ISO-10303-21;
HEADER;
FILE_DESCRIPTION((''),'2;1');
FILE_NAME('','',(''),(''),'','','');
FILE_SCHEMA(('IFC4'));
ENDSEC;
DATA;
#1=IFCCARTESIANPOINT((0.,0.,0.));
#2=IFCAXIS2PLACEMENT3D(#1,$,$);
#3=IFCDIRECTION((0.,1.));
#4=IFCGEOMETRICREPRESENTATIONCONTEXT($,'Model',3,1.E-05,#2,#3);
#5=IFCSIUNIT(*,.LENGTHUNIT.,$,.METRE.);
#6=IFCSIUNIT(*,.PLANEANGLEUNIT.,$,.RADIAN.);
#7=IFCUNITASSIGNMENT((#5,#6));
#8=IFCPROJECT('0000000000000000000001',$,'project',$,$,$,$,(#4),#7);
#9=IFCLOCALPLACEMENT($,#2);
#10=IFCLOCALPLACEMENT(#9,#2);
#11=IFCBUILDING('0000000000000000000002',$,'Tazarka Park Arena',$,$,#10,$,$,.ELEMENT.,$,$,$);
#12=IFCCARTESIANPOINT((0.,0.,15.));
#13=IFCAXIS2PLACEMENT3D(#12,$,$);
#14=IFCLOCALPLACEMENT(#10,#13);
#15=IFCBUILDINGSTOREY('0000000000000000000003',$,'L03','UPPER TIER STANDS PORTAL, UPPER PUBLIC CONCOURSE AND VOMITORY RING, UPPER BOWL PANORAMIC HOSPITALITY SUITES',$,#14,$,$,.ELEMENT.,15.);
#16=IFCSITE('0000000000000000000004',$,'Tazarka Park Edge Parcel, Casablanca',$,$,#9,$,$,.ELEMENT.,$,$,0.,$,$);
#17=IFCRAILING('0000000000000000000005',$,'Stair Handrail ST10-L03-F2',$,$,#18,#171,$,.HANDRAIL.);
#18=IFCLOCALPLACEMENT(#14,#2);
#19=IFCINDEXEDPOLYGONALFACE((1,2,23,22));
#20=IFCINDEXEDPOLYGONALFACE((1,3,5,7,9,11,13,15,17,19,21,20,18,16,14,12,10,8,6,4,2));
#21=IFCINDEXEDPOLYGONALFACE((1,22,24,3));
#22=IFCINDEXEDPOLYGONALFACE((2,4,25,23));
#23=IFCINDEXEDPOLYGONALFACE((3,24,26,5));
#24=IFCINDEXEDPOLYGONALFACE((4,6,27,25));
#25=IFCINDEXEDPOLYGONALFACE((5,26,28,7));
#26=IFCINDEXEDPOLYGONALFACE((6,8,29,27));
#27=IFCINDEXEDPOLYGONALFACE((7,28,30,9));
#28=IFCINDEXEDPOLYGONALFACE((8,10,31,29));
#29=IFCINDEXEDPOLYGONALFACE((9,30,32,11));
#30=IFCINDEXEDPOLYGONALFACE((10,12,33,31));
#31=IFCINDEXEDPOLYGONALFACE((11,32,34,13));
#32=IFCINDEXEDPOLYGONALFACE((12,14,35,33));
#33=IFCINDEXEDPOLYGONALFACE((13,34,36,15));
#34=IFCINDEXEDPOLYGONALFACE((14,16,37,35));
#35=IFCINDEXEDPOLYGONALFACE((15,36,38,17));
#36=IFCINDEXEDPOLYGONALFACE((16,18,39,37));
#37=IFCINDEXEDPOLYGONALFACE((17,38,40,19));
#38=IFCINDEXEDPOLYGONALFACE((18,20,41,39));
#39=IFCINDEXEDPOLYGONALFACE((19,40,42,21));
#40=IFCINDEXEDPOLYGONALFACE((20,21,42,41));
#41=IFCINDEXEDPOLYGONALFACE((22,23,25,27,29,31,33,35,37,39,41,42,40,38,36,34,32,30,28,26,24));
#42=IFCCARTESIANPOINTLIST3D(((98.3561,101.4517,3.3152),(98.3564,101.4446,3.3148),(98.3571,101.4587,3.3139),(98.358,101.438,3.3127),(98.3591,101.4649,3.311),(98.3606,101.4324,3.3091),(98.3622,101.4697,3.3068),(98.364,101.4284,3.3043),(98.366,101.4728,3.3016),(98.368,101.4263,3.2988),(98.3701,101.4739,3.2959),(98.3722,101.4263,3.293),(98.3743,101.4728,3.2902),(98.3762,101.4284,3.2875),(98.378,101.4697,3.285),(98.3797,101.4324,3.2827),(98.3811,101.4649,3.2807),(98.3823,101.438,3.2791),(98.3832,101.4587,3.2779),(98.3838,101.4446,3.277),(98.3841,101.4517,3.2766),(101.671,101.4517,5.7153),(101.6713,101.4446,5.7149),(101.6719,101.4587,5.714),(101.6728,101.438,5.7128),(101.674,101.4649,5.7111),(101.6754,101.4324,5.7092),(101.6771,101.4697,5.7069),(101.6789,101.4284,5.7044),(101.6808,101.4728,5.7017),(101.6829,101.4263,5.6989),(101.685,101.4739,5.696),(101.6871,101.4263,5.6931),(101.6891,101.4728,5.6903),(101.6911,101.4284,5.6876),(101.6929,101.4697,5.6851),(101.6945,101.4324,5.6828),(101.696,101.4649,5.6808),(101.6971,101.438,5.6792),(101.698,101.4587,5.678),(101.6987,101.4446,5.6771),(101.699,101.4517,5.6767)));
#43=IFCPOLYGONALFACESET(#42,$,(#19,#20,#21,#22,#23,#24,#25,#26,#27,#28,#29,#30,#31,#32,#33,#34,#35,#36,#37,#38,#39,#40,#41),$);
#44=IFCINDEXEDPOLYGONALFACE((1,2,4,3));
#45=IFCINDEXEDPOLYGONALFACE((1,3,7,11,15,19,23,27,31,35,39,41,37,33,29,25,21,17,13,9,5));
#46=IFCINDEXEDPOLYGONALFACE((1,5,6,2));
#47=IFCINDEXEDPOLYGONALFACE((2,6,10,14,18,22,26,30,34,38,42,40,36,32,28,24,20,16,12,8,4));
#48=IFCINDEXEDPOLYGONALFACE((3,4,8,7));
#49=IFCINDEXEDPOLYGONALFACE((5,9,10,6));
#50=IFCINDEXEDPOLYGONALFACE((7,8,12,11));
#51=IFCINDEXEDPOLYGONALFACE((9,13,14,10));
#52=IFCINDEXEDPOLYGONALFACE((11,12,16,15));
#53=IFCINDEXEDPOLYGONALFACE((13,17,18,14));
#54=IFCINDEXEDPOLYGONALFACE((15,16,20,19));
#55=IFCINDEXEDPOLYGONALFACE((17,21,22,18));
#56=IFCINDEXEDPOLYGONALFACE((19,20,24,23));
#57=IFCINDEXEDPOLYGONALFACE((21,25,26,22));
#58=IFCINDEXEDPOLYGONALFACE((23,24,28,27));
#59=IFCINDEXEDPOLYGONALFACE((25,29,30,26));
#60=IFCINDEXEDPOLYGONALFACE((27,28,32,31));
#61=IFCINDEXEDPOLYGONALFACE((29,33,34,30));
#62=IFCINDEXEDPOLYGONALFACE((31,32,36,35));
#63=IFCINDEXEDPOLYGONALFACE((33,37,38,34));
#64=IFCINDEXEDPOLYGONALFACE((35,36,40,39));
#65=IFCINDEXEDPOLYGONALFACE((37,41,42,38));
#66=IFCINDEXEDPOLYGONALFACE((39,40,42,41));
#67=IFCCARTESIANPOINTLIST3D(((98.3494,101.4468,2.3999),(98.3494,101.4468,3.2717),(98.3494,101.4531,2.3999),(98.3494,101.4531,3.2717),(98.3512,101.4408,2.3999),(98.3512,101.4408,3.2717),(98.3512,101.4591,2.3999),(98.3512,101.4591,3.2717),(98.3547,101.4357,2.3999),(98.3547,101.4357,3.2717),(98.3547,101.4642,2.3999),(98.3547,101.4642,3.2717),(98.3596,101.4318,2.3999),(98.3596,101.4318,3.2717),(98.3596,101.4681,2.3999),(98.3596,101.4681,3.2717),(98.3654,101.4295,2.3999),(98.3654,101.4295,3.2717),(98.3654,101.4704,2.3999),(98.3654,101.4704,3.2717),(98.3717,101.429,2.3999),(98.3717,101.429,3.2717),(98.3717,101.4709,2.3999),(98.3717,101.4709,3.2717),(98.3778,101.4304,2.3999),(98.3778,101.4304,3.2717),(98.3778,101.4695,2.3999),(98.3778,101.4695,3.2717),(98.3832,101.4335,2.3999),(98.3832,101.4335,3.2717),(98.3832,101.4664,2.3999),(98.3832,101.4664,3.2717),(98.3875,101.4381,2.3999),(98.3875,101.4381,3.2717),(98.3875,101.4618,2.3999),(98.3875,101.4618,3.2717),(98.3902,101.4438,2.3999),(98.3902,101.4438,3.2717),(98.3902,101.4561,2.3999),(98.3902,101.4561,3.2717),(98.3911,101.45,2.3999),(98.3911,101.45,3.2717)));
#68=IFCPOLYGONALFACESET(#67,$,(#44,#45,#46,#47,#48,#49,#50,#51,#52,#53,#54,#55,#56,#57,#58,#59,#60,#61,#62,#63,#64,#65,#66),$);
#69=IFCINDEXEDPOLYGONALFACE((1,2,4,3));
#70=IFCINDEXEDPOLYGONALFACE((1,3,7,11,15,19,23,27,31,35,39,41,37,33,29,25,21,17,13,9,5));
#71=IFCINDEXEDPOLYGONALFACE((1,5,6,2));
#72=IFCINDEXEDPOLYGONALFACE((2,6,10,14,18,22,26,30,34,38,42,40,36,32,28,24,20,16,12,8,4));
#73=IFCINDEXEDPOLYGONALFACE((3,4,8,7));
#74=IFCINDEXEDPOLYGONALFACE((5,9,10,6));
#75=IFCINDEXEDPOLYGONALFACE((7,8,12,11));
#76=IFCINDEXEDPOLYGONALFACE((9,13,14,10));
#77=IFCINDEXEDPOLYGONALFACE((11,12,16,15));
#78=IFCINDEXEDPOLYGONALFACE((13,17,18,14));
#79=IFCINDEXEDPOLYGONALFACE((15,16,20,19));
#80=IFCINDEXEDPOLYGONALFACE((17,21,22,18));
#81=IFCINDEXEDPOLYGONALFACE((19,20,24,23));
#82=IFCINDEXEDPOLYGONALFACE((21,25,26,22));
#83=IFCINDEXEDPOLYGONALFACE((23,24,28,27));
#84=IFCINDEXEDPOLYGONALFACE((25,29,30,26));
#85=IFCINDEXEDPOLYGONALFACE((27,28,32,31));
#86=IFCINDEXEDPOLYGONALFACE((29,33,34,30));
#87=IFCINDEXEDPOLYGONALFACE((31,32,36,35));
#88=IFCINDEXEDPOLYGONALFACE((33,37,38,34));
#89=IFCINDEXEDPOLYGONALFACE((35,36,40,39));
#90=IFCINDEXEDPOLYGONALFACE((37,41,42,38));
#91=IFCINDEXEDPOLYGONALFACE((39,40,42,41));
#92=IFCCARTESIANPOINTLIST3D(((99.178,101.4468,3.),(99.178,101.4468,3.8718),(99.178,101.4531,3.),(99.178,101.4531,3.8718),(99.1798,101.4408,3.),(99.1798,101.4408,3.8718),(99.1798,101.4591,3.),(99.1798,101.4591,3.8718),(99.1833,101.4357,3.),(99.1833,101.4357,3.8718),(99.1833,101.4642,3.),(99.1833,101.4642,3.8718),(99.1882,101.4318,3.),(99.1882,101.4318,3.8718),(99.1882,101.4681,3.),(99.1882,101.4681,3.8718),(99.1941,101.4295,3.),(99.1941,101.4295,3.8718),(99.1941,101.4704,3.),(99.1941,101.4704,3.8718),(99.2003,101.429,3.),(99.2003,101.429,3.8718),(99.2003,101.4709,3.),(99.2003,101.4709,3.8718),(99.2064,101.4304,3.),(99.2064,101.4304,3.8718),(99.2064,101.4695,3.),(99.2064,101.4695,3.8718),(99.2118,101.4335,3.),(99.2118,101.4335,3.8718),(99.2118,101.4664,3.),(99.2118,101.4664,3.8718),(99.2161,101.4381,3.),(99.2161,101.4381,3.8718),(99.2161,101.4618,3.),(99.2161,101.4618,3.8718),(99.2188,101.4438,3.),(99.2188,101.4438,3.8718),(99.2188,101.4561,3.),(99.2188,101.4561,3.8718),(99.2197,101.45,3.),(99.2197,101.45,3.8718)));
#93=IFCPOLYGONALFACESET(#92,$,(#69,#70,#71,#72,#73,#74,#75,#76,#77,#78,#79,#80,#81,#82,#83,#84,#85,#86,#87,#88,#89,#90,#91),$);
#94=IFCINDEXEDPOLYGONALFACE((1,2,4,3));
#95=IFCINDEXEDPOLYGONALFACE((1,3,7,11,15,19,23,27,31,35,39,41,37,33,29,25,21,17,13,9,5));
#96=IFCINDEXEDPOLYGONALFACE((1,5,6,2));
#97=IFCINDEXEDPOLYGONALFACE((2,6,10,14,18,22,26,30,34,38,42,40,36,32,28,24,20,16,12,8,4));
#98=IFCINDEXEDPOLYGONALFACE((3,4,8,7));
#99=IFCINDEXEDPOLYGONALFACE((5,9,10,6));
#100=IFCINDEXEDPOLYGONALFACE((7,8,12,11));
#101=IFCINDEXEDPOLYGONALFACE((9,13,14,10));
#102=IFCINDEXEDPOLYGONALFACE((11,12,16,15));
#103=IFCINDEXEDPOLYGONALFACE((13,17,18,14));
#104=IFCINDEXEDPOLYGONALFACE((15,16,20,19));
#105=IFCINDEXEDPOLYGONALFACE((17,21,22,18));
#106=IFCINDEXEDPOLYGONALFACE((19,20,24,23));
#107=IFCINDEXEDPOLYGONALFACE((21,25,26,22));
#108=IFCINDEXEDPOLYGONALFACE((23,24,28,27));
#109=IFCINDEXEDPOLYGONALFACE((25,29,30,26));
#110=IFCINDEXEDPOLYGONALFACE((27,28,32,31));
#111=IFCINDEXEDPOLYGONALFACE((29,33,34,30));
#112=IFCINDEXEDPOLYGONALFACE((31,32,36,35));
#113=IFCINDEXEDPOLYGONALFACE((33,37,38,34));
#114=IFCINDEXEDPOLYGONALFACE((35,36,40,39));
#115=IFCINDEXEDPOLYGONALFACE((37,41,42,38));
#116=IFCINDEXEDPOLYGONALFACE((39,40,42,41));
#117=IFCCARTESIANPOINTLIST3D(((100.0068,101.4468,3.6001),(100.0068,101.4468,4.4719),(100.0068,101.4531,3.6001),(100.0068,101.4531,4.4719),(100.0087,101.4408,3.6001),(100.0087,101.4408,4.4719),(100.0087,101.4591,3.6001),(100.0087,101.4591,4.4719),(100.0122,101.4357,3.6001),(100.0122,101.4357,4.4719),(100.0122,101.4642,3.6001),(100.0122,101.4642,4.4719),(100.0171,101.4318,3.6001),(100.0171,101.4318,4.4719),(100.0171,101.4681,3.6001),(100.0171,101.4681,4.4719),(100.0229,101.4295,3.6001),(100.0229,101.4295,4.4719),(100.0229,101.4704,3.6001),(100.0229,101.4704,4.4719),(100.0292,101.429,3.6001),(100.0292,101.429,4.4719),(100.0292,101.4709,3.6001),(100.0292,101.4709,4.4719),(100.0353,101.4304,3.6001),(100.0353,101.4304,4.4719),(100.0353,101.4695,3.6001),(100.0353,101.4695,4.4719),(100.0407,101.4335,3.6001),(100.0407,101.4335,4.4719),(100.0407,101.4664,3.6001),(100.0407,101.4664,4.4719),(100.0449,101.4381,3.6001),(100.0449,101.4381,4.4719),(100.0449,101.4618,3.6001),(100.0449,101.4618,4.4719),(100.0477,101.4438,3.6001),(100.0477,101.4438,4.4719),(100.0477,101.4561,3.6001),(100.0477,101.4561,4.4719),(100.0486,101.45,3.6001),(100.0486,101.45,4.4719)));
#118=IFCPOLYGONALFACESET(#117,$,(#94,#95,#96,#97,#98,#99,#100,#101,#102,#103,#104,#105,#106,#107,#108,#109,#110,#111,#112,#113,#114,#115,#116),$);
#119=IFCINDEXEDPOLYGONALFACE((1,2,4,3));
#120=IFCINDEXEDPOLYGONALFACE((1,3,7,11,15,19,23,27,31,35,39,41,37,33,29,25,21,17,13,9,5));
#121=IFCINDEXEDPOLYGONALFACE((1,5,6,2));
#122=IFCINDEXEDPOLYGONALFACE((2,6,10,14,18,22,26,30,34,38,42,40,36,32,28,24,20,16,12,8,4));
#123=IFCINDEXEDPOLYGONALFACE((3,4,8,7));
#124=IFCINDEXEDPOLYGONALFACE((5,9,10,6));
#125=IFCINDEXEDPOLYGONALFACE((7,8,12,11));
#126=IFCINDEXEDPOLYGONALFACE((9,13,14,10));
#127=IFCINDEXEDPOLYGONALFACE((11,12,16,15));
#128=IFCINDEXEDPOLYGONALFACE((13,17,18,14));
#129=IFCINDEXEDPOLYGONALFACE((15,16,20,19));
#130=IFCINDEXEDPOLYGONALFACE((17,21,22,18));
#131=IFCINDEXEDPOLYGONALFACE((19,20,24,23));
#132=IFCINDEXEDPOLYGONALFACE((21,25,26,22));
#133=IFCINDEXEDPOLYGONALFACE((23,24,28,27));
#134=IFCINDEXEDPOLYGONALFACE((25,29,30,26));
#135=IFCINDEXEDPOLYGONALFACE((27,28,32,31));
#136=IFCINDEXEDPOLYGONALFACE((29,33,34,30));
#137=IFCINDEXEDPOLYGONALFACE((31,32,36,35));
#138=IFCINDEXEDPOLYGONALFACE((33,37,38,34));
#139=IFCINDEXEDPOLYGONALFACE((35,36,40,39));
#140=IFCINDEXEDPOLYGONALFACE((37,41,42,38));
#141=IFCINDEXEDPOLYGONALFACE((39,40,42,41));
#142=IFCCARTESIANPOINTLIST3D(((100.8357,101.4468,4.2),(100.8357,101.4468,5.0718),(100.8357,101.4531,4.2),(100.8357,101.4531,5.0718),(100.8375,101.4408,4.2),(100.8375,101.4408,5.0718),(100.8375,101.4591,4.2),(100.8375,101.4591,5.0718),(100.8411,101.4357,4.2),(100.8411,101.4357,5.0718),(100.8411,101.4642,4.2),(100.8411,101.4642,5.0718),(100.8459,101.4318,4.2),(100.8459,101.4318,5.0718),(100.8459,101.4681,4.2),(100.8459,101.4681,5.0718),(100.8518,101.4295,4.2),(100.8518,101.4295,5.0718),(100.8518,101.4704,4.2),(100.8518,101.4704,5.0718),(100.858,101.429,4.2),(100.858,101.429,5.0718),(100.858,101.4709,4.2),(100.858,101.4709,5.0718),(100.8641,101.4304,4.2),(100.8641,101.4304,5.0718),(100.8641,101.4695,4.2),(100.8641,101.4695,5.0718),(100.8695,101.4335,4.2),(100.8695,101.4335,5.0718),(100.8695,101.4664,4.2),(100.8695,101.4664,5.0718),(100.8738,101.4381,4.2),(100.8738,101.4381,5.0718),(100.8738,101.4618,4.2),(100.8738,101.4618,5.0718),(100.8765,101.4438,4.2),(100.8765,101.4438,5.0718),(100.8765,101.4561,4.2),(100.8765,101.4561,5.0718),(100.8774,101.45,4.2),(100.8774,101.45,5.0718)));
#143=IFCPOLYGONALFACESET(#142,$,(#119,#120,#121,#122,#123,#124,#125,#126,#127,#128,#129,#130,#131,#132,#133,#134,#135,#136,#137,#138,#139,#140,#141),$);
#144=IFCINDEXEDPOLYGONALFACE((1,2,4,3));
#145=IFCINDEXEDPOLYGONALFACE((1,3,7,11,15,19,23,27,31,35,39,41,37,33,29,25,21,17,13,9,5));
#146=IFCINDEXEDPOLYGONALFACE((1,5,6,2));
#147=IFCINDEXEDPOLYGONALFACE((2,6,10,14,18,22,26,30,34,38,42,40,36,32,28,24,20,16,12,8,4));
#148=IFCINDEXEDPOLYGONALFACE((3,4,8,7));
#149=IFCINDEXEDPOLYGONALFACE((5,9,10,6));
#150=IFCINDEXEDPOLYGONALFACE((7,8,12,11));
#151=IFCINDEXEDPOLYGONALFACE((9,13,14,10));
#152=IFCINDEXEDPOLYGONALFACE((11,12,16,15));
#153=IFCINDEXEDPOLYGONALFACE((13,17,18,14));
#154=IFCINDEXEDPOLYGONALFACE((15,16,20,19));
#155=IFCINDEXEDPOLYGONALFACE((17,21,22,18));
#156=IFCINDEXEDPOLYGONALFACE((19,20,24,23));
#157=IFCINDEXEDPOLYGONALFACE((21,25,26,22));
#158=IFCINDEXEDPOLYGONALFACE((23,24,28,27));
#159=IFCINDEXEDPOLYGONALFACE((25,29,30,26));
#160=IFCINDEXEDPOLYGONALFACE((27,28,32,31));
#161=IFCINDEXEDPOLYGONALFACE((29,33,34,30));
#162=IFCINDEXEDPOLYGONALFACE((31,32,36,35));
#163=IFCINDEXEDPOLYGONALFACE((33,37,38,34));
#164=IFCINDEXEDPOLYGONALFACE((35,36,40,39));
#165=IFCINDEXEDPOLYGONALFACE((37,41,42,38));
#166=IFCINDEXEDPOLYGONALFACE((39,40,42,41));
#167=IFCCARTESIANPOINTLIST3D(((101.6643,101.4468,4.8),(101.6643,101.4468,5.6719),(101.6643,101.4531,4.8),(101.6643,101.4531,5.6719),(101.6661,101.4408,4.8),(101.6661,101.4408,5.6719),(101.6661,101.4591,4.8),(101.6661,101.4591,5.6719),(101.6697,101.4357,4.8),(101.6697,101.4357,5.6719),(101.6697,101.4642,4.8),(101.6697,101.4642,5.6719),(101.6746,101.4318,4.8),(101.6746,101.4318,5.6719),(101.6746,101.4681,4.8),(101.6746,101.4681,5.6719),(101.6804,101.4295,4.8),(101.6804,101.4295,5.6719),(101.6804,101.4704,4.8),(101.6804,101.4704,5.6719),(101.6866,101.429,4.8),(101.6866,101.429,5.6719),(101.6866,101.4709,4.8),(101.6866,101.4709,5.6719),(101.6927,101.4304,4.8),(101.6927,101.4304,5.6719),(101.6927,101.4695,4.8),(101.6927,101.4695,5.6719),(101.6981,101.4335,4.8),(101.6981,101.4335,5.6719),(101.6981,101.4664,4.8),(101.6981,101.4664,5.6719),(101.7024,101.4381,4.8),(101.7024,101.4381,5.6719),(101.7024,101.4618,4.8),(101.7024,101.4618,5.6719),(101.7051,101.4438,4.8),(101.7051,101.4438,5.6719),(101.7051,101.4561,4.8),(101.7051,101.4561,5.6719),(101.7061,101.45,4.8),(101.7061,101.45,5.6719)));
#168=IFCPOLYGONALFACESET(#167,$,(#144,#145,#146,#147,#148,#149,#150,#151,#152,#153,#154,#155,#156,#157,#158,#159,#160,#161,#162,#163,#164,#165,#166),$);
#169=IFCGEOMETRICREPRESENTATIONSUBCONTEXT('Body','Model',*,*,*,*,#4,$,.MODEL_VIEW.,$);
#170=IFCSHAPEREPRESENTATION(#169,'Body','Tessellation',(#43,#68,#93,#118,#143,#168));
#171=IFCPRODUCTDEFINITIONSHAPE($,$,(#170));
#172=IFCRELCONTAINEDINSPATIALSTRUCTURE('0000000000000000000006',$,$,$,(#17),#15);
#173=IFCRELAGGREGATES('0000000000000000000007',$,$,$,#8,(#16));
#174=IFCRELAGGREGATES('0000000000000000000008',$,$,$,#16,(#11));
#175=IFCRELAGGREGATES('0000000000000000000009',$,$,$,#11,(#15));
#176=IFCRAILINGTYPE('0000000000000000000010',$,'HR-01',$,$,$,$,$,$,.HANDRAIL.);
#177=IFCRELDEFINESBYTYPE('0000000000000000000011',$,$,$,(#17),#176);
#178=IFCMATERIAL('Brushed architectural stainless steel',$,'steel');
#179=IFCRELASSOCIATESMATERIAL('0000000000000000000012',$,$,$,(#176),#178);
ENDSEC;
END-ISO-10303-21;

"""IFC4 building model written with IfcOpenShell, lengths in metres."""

from ifc_helpers import new_model, si_unit, direction, frame, origin, origin_2d, place, context, subcontext, project, spatial, circle, extrude, material, type_object, element, save


model = new_model("IFC4")

# Units and contexts
model_context = context("Model", 3, precision=1e-05, world=origin(), true_north=direction((0.0, 1.0)))
body_context = subcontext(model_context, "Body", "Model", "MODEL_VIEW")
ifc_project = project(units=[si_unit("LENGTHUNIT", "METRE"), si_unit("PLANEANGLEUNIT", "RADIAN")], contexts=[model_context])

# Site, building, storey
site_placement = place(None, origin())
site = spatial("IfcSite", under=ifc_project, at=site_placement, Name="Tazarka Park Edge Parcel, Casablanca", CompositionType="ELEMENT", RefElevation=0.0)
building_placement = place(site_placement, origin())
building = spatial("IfcBuilding", under=site, at=building_placement, Name="Tazarka Park Arena", CompositionType="ELEMENT")
storey_placement = place(building_placement, frame((0.0, 0.0, 15.0)))
storey = spatial("IfcBuildingStorey", under=building, at=storey_placement, Name="L03", Description="UPPER TIER STANDS PORTAL, UPPER PUBLIC CONCOURSE AND VOMITORY RING, UPPER BOWL PANORAMIC HOSPITALITY SUITES", CompositionType="ELEMENT", Elevation=15.0)

# Railing
ifc_material_1 = material(Name="Brushed architectural stainless steel", Category="steel")
railing_type_1 = type_object("IfcRailingType", Name="HR-01", PredefinedType="HANDRAIL", material=ifc_material_1)
railing_1_placement = place(storey_placement, frame((98.3701, 101.45, 2.3999)))
element("IfcRailing", 1, at=railing_1_placement, inside=storey, type_object=railing_type_1, Name="Stair Handrail ST10-L03-F2", PredefinedType="HANDRAIL", context=body_context, shape_type="SweptSolid", body=[
    extrude(circle(Radius=0.0239, at=origin_2d()), frame((0.0, 0.0, 0.896), z_axis=(0.80998, 0.0, 0.586457), x_axis=(0.0, 1.0, 0.0)), (0.0, 0.0, 1.0), 4.0925),
    extrude(circle(Radius=0.021, at=origin_2d()), origin(), (0.0, 0.0, 1.0), 0.8718),
    extrude(circle(Radius=0.021, at=origin_2d()), frame((0.8286, 0.0, 0.6001)), (0.0, 0.0, 1.0), 0.8718),
    extrude(circle(Radius=0.021, at=origin_2d()), frame((1.6575, 0.0, 1.2002)), (0.0, 0.0, 1.0), 0.8718),
    extrude(circle(Radius=0.021, at=origin_2d()), frame((2.4863, 0.0, 1.8)), (0.0, 0.0, 1.0), 0.8718),
    extrude(circle(Radius=0.021, at=origin_2d()), frame((3.3149, 0.0, 2.4001)), (0.0, 0.0, 1.0), 0.8718),
])

save(model, "model.ifc")
